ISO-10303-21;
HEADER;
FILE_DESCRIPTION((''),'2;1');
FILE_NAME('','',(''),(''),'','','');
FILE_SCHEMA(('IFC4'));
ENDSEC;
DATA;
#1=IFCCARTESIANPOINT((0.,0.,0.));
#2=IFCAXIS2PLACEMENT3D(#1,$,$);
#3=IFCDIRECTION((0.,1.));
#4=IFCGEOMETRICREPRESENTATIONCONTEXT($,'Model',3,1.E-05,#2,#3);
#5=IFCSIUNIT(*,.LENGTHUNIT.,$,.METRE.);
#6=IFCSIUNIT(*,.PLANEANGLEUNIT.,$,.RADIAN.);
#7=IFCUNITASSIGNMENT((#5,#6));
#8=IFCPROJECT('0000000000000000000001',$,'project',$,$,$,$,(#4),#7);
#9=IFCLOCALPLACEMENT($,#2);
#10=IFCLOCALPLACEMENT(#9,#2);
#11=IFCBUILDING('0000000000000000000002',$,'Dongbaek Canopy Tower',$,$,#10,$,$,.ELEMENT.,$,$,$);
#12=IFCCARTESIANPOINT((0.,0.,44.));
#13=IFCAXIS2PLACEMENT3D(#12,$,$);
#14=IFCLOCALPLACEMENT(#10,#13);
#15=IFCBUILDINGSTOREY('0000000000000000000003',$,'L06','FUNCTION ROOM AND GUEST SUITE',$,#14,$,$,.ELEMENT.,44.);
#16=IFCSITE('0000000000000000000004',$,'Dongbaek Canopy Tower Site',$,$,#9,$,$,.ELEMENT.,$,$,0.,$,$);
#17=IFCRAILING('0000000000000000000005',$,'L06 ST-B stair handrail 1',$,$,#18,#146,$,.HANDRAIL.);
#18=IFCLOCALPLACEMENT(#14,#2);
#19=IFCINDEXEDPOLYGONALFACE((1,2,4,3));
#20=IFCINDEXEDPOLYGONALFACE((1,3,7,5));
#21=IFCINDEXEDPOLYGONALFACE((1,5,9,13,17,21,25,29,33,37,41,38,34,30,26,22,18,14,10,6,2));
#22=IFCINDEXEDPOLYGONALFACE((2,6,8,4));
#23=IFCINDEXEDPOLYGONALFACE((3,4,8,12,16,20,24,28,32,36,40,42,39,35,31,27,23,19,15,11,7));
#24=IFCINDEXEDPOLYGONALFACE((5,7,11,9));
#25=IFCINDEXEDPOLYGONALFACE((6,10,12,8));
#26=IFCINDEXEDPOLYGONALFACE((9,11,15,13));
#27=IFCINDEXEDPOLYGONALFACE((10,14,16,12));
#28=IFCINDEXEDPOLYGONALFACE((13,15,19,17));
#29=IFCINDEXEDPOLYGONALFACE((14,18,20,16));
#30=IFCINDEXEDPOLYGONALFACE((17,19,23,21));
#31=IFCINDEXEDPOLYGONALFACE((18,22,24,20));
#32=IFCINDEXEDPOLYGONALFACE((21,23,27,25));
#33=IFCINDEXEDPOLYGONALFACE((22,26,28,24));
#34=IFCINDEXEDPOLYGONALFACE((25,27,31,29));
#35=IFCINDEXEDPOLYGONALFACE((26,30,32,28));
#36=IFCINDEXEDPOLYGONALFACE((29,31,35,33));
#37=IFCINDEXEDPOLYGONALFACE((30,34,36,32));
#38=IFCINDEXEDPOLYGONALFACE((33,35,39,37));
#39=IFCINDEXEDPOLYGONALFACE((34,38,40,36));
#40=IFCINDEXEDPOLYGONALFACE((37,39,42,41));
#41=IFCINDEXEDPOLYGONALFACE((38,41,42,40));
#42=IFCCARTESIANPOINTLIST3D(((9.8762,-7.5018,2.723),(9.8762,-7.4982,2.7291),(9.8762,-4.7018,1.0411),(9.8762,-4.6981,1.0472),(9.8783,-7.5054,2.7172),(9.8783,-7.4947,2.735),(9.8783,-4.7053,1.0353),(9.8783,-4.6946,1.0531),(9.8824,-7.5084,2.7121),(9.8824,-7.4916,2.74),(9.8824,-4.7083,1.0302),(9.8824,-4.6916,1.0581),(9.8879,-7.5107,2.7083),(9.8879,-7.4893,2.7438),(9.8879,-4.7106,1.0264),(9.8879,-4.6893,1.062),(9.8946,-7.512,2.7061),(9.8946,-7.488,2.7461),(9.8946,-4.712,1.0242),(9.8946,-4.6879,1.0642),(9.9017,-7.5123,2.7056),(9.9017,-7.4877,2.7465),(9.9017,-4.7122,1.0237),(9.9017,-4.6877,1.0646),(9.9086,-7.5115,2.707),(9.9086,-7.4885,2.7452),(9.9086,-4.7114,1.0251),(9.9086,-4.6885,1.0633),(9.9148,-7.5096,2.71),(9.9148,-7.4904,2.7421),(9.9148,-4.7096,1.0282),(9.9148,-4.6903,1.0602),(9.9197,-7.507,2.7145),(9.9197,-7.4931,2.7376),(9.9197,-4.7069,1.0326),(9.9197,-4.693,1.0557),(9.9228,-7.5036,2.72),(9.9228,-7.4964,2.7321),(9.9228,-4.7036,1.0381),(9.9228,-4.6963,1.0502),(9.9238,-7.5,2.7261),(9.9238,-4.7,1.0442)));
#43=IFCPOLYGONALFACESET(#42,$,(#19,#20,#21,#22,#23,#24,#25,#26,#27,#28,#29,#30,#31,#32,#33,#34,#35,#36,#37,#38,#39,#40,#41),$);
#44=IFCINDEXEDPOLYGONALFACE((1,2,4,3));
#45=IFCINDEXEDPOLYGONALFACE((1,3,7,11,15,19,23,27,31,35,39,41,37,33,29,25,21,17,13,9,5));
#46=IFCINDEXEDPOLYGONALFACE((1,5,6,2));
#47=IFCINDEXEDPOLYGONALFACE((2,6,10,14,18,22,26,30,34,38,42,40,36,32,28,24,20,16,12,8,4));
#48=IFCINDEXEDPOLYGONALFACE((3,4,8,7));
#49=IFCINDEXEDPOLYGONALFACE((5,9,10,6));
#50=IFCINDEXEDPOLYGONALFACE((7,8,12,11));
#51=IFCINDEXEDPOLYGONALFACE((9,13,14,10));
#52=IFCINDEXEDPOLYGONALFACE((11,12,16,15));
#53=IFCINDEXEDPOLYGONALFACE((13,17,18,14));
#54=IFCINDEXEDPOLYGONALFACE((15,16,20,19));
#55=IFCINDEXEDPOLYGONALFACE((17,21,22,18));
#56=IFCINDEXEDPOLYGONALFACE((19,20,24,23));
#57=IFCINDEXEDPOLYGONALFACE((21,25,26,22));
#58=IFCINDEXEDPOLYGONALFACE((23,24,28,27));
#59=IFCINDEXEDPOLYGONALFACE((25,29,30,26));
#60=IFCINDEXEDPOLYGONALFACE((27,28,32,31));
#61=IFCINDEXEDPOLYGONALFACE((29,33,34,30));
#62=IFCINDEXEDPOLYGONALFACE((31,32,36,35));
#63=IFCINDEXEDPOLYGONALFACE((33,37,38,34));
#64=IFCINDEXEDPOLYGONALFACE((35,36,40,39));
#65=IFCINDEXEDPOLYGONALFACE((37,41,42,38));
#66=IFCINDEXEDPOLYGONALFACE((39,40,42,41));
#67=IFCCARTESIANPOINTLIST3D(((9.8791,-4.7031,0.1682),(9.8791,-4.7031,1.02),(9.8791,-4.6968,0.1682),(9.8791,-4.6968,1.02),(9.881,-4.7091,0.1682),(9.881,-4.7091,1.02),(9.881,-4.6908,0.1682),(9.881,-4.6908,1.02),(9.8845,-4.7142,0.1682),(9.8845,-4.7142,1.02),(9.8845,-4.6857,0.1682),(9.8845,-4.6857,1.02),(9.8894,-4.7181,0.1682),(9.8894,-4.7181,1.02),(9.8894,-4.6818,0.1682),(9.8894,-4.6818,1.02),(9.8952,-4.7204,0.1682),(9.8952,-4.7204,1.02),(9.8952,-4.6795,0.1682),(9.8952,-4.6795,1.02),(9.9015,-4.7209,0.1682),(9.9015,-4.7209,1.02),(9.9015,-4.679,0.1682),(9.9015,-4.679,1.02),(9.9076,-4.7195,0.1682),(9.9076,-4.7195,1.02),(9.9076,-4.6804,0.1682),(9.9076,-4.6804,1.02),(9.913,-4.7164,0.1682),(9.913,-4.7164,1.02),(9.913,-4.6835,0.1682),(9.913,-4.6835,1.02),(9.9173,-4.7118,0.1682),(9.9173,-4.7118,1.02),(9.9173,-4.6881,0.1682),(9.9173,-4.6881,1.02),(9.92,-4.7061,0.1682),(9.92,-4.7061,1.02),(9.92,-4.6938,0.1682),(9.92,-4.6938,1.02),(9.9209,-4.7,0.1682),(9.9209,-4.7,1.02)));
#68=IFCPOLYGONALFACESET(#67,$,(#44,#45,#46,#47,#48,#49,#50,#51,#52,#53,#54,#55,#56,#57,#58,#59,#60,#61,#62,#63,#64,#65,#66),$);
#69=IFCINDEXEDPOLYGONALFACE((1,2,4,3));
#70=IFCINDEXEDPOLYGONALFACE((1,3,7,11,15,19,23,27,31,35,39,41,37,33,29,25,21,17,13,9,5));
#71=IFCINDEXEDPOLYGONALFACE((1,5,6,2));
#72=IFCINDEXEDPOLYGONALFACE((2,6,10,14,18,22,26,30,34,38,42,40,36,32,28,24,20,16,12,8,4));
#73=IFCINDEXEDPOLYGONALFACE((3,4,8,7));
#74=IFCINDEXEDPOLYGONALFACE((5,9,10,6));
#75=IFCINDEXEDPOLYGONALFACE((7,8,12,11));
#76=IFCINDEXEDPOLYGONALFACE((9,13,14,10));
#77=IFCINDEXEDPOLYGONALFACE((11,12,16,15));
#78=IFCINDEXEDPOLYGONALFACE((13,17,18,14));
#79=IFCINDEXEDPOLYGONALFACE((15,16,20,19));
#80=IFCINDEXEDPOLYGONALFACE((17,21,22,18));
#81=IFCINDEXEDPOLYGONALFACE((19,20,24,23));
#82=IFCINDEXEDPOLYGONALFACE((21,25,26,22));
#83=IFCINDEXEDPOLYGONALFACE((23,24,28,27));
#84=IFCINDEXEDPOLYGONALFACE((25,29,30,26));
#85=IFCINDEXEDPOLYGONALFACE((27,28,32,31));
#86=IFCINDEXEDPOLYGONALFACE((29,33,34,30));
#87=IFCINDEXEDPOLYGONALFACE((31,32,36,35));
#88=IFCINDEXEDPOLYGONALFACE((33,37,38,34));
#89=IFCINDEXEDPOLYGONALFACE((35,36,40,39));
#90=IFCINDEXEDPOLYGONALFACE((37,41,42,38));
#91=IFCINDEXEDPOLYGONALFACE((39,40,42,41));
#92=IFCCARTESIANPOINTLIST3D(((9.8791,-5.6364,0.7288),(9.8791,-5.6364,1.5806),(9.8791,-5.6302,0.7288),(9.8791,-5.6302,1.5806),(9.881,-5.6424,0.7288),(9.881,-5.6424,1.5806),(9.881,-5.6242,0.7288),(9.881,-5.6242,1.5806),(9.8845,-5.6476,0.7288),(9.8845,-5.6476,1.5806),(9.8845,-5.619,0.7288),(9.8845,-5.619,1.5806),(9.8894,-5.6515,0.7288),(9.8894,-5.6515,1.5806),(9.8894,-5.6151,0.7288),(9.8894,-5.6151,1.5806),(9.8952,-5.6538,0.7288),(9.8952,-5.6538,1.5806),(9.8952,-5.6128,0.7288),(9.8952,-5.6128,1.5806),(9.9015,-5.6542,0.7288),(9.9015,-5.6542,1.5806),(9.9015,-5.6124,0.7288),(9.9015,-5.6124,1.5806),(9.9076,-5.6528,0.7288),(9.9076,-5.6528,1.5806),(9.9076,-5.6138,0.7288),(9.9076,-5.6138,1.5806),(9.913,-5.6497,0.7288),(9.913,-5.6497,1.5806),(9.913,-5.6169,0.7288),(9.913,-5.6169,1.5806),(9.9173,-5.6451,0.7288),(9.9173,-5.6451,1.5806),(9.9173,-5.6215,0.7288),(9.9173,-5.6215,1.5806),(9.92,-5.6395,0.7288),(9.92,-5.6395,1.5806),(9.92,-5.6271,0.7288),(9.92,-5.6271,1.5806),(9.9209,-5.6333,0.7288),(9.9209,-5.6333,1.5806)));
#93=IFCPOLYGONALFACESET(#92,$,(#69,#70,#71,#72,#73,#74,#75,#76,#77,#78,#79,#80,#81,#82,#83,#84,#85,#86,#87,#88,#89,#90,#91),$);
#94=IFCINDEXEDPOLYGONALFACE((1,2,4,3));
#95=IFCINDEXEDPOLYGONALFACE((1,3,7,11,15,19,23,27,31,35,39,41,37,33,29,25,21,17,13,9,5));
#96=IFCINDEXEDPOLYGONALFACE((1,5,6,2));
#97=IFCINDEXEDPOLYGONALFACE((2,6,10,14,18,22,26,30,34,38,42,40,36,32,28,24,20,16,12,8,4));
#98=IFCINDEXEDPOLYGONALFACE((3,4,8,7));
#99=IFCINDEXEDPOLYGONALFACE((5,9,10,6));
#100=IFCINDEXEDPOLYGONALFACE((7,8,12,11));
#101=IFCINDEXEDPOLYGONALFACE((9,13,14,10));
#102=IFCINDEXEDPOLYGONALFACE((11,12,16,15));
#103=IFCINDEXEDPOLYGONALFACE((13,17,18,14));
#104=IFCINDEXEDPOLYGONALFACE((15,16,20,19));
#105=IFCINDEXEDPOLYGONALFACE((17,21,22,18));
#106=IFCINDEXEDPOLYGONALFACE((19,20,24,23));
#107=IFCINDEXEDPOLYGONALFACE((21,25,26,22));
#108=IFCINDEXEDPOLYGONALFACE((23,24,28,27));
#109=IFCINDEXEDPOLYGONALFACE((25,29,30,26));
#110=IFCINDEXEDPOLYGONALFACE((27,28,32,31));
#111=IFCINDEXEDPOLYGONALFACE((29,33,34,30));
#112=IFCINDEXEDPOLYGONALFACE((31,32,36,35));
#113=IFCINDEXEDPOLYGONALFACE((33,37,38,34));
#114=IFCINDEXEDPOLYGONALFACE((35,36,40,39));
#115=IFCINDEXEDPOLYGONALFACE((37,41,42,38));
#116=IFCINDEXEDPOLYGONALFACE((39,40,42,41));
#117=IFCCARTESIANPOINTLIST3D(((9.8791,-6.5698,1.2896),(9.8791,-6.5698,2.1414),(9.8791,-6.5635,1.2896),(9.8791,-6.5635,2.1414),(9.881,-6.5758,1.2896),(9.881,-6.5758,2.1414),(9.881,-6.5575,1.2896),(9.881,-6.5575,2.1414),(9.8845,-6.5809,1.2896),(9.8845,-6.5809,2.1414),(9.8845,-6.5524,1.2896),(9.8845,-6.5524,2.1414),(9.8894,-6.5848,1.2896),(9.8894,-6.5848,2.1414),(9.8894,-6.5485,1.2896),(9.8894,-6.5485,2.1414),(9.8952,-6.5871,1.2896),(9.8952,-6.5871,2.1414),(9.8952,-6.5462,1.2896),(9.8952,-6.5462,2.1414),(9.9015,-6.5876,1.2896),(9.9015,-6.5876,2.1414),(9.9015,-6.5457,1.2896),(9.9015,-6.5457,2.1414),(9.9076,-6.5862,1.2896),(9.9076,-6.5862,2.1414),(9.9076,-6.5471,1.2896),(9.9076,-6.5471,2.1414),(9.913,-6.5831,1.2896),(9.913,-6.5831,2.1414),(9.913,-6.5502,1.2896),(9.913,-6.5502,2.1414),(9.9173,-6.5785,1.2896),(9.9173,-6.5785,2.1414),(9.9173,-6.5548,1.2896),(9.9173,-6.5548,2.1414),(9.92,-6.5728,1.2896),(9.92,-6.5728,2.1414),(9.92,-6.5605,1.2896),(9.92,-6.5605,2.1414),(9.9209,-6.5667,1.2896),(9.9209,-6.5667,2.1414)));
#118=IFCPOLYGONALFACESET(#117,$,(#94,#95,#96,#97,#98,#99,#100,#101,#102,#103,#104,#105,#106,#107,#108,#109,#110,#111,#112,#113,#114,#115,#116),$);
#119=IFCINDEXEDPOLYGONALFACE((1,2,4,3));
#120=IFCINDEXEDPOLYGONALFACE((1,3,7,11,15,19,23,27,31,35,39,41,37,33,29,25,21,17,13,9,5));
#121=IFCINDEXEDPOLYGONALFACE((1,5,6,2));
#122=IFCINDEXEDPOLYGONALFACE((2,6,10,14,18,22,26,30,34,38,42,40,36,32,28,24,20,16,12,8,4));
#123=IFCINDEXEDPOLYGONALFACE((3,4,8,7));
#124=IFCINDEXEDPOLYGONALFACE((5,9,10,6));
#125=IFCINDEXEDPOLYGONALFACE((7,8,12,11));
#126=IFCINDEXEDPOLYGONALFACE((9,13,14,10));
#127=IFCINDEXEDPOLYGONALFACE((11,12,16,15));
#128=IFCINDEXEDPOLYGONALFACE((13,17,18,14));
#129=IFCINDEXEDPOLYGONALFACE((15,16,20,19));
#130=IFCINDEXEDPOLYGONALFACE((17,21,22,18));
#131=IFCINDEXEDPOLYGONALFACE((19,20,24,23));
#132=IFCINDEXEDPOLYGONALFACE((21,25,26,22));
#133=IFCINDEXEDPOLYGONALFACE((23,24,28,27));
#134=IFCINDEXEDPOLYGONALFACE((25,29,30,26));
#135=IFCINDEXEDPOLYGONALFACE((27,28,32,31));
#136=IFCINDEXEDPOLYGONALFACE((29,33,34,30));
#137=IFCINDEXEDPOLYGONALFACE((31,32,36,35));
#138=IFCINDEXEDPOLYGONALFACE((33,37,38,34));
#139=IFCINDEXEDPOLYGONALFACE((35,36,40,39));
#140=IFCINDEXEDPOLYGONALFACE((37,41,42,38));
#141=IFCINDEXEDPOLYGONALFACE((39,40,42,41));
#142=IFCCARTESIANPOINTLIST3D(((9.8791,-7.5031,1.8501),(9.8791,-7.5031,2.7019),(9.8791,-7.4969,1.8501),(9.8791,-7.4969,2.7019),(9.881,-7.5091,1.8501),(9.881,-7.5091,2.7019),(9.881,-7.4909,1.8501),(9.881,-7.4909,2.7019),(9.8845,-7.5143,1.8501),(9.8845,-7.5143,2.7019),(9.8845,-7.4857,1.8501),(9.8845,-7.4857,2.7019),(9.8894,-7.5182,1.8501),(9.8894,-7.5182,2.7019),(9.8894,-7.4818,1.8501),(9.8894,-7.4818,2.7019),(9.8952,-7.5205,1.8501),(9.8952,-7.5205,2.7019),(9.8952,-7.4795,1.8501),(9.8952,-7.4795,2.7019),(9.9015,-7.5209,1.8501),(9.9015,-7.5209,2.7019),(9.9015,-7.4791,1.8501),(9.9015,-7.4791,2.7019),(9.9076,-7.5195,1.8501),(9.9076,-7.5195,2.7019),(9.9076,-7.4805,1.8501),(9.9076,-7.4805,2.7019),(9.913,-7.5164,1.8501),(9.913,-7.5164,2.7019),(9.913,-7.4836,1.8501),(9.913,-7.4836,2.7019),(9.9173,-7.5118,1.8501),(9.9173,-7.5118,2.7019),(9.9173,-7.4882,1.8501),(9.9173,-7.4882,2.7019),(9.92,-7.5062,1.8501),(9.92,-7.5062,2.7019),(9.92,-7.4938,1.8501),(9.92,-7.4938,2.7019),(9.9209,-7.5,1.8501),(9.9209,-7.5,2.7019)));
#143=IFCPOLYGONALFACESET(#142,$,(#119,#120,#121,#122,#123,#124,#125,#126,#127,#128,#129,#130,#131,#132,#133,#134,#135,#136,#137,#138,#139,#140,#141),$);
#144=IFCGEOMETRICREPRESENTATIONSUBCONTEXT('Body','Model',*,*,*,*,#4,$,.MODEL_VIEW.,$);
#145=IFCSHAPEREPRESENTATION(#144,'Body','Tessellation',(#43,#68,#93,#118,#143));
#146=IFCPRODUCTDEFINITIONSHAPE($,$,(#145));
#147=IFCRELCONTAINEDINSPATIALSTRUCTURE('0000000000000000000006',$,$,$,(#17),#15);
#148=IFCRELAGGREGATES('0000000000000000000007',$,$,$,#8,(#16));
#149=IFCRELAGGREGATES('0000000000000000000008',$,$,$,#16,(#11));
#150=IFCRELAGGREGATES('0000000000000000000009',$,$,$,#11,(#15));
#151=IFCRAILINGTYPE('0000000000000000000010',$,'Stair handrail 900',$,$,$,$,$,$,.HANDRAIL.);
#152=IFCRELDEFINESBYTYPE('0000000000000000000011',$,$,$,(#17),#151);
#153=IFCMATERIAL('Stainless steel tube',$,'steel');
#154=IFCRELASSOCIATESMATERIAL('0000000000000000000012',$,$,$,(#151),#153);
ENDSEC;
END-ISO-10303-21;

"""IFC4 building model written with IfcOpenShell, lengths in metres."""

from ifc_helpers import new_model, si_unit, direction, frame, origin, origin_2d, place, context, subcontext, project, spatial, circle, extrude, material, type_object, element, save


model = new_model("IFC4")

# Units and contexts
model_context = context("Model", 3, precision=1e-05, world=origin(), true_north=direction((0.0, 1.0)))
body_context = subcontext(model_context, "Body", "Model", "MODEL_VIEW")
ifc_project = project(units=[si_unit("LENGTHUNIT", "METRE"), si_unit("PLANEANGLEUNIT", "RADIAN")], contexts=[model_context])

# Site, building, storey
site_placement = place(None, origin())
site = spatial("IfcSite", under=ifc_project, at=site_placement, Name="Dongbaek Canopy Tower Site", CompositionType="ELEMENT", RefElevation=0.0)
building_placement = place(site_placement, origin())
building = spatial("IfcBuilding", under=site, at=building_placement, Name="Dongbaek Canopy Tower", CompositionType="ELEMENT")
storey_placement = place(building_placement, frame((0.0, 0.0, 44.0)))
storey = spatial("IfcBuildingStorey", under=building, at=storey_placement, Name="L06", Description="FUNCTION ROOM AND GUEST SUITE", CompositionType="ELEMENT", Elevation=44.0)

# Railing
ifc_material_1 = material(Name="Stainless steel tube", Category="steel")
railing_type_1 = type_object("IfcRailingType", Name="Stair handrail 900", PredefinedType="HANDRAIL", material=ifc_material_1)
railing_1_placement = place(storey_placement, frame((9.8999, -4.7, 0.1682)))
element("IfcRailing", 1, at=railing_1_placement, inside=storey, type_object=railing_type_1, Name="L06 ST-B stair handrail 1", PredefinedType="HANDRAIL", context=body_context, shape_type="SweptSolid", body=[
    extrude(circle(Radius=0.0239, at=origin_2d()), frame((0.0, 0.0, 0.876), z_axis=(0.0, -0.857242, 0.514913), x_axis=(1.0, 0.0, 0.0)), (0.0, 0.0, 1.0), 3.2664),
    extrude(circle(Radius=0.021, at=origin_2d()), origin(), (0.0, 0.0, 1.0), 0.8518),
    extrude(circle(Radius=0.021, at=origin_2d()), frame((0.0, -0.9333, 0.5605)), (0.0, 0.0, 1.0), 0.8518),
    extrude(circle(Radius=0.021, at=origin_2d()), frame((0.0, -1.8667, 1.1213)), (0.0, 0.0, 1.0), 0.8518),
    extrude(circle(Radius=0.021, at=origin_2d()), frame((0.0, -2.8, 1.6819)), (0.0, 0.0, 1.0), 0.8518),
])

save(model, "model.ifc")
